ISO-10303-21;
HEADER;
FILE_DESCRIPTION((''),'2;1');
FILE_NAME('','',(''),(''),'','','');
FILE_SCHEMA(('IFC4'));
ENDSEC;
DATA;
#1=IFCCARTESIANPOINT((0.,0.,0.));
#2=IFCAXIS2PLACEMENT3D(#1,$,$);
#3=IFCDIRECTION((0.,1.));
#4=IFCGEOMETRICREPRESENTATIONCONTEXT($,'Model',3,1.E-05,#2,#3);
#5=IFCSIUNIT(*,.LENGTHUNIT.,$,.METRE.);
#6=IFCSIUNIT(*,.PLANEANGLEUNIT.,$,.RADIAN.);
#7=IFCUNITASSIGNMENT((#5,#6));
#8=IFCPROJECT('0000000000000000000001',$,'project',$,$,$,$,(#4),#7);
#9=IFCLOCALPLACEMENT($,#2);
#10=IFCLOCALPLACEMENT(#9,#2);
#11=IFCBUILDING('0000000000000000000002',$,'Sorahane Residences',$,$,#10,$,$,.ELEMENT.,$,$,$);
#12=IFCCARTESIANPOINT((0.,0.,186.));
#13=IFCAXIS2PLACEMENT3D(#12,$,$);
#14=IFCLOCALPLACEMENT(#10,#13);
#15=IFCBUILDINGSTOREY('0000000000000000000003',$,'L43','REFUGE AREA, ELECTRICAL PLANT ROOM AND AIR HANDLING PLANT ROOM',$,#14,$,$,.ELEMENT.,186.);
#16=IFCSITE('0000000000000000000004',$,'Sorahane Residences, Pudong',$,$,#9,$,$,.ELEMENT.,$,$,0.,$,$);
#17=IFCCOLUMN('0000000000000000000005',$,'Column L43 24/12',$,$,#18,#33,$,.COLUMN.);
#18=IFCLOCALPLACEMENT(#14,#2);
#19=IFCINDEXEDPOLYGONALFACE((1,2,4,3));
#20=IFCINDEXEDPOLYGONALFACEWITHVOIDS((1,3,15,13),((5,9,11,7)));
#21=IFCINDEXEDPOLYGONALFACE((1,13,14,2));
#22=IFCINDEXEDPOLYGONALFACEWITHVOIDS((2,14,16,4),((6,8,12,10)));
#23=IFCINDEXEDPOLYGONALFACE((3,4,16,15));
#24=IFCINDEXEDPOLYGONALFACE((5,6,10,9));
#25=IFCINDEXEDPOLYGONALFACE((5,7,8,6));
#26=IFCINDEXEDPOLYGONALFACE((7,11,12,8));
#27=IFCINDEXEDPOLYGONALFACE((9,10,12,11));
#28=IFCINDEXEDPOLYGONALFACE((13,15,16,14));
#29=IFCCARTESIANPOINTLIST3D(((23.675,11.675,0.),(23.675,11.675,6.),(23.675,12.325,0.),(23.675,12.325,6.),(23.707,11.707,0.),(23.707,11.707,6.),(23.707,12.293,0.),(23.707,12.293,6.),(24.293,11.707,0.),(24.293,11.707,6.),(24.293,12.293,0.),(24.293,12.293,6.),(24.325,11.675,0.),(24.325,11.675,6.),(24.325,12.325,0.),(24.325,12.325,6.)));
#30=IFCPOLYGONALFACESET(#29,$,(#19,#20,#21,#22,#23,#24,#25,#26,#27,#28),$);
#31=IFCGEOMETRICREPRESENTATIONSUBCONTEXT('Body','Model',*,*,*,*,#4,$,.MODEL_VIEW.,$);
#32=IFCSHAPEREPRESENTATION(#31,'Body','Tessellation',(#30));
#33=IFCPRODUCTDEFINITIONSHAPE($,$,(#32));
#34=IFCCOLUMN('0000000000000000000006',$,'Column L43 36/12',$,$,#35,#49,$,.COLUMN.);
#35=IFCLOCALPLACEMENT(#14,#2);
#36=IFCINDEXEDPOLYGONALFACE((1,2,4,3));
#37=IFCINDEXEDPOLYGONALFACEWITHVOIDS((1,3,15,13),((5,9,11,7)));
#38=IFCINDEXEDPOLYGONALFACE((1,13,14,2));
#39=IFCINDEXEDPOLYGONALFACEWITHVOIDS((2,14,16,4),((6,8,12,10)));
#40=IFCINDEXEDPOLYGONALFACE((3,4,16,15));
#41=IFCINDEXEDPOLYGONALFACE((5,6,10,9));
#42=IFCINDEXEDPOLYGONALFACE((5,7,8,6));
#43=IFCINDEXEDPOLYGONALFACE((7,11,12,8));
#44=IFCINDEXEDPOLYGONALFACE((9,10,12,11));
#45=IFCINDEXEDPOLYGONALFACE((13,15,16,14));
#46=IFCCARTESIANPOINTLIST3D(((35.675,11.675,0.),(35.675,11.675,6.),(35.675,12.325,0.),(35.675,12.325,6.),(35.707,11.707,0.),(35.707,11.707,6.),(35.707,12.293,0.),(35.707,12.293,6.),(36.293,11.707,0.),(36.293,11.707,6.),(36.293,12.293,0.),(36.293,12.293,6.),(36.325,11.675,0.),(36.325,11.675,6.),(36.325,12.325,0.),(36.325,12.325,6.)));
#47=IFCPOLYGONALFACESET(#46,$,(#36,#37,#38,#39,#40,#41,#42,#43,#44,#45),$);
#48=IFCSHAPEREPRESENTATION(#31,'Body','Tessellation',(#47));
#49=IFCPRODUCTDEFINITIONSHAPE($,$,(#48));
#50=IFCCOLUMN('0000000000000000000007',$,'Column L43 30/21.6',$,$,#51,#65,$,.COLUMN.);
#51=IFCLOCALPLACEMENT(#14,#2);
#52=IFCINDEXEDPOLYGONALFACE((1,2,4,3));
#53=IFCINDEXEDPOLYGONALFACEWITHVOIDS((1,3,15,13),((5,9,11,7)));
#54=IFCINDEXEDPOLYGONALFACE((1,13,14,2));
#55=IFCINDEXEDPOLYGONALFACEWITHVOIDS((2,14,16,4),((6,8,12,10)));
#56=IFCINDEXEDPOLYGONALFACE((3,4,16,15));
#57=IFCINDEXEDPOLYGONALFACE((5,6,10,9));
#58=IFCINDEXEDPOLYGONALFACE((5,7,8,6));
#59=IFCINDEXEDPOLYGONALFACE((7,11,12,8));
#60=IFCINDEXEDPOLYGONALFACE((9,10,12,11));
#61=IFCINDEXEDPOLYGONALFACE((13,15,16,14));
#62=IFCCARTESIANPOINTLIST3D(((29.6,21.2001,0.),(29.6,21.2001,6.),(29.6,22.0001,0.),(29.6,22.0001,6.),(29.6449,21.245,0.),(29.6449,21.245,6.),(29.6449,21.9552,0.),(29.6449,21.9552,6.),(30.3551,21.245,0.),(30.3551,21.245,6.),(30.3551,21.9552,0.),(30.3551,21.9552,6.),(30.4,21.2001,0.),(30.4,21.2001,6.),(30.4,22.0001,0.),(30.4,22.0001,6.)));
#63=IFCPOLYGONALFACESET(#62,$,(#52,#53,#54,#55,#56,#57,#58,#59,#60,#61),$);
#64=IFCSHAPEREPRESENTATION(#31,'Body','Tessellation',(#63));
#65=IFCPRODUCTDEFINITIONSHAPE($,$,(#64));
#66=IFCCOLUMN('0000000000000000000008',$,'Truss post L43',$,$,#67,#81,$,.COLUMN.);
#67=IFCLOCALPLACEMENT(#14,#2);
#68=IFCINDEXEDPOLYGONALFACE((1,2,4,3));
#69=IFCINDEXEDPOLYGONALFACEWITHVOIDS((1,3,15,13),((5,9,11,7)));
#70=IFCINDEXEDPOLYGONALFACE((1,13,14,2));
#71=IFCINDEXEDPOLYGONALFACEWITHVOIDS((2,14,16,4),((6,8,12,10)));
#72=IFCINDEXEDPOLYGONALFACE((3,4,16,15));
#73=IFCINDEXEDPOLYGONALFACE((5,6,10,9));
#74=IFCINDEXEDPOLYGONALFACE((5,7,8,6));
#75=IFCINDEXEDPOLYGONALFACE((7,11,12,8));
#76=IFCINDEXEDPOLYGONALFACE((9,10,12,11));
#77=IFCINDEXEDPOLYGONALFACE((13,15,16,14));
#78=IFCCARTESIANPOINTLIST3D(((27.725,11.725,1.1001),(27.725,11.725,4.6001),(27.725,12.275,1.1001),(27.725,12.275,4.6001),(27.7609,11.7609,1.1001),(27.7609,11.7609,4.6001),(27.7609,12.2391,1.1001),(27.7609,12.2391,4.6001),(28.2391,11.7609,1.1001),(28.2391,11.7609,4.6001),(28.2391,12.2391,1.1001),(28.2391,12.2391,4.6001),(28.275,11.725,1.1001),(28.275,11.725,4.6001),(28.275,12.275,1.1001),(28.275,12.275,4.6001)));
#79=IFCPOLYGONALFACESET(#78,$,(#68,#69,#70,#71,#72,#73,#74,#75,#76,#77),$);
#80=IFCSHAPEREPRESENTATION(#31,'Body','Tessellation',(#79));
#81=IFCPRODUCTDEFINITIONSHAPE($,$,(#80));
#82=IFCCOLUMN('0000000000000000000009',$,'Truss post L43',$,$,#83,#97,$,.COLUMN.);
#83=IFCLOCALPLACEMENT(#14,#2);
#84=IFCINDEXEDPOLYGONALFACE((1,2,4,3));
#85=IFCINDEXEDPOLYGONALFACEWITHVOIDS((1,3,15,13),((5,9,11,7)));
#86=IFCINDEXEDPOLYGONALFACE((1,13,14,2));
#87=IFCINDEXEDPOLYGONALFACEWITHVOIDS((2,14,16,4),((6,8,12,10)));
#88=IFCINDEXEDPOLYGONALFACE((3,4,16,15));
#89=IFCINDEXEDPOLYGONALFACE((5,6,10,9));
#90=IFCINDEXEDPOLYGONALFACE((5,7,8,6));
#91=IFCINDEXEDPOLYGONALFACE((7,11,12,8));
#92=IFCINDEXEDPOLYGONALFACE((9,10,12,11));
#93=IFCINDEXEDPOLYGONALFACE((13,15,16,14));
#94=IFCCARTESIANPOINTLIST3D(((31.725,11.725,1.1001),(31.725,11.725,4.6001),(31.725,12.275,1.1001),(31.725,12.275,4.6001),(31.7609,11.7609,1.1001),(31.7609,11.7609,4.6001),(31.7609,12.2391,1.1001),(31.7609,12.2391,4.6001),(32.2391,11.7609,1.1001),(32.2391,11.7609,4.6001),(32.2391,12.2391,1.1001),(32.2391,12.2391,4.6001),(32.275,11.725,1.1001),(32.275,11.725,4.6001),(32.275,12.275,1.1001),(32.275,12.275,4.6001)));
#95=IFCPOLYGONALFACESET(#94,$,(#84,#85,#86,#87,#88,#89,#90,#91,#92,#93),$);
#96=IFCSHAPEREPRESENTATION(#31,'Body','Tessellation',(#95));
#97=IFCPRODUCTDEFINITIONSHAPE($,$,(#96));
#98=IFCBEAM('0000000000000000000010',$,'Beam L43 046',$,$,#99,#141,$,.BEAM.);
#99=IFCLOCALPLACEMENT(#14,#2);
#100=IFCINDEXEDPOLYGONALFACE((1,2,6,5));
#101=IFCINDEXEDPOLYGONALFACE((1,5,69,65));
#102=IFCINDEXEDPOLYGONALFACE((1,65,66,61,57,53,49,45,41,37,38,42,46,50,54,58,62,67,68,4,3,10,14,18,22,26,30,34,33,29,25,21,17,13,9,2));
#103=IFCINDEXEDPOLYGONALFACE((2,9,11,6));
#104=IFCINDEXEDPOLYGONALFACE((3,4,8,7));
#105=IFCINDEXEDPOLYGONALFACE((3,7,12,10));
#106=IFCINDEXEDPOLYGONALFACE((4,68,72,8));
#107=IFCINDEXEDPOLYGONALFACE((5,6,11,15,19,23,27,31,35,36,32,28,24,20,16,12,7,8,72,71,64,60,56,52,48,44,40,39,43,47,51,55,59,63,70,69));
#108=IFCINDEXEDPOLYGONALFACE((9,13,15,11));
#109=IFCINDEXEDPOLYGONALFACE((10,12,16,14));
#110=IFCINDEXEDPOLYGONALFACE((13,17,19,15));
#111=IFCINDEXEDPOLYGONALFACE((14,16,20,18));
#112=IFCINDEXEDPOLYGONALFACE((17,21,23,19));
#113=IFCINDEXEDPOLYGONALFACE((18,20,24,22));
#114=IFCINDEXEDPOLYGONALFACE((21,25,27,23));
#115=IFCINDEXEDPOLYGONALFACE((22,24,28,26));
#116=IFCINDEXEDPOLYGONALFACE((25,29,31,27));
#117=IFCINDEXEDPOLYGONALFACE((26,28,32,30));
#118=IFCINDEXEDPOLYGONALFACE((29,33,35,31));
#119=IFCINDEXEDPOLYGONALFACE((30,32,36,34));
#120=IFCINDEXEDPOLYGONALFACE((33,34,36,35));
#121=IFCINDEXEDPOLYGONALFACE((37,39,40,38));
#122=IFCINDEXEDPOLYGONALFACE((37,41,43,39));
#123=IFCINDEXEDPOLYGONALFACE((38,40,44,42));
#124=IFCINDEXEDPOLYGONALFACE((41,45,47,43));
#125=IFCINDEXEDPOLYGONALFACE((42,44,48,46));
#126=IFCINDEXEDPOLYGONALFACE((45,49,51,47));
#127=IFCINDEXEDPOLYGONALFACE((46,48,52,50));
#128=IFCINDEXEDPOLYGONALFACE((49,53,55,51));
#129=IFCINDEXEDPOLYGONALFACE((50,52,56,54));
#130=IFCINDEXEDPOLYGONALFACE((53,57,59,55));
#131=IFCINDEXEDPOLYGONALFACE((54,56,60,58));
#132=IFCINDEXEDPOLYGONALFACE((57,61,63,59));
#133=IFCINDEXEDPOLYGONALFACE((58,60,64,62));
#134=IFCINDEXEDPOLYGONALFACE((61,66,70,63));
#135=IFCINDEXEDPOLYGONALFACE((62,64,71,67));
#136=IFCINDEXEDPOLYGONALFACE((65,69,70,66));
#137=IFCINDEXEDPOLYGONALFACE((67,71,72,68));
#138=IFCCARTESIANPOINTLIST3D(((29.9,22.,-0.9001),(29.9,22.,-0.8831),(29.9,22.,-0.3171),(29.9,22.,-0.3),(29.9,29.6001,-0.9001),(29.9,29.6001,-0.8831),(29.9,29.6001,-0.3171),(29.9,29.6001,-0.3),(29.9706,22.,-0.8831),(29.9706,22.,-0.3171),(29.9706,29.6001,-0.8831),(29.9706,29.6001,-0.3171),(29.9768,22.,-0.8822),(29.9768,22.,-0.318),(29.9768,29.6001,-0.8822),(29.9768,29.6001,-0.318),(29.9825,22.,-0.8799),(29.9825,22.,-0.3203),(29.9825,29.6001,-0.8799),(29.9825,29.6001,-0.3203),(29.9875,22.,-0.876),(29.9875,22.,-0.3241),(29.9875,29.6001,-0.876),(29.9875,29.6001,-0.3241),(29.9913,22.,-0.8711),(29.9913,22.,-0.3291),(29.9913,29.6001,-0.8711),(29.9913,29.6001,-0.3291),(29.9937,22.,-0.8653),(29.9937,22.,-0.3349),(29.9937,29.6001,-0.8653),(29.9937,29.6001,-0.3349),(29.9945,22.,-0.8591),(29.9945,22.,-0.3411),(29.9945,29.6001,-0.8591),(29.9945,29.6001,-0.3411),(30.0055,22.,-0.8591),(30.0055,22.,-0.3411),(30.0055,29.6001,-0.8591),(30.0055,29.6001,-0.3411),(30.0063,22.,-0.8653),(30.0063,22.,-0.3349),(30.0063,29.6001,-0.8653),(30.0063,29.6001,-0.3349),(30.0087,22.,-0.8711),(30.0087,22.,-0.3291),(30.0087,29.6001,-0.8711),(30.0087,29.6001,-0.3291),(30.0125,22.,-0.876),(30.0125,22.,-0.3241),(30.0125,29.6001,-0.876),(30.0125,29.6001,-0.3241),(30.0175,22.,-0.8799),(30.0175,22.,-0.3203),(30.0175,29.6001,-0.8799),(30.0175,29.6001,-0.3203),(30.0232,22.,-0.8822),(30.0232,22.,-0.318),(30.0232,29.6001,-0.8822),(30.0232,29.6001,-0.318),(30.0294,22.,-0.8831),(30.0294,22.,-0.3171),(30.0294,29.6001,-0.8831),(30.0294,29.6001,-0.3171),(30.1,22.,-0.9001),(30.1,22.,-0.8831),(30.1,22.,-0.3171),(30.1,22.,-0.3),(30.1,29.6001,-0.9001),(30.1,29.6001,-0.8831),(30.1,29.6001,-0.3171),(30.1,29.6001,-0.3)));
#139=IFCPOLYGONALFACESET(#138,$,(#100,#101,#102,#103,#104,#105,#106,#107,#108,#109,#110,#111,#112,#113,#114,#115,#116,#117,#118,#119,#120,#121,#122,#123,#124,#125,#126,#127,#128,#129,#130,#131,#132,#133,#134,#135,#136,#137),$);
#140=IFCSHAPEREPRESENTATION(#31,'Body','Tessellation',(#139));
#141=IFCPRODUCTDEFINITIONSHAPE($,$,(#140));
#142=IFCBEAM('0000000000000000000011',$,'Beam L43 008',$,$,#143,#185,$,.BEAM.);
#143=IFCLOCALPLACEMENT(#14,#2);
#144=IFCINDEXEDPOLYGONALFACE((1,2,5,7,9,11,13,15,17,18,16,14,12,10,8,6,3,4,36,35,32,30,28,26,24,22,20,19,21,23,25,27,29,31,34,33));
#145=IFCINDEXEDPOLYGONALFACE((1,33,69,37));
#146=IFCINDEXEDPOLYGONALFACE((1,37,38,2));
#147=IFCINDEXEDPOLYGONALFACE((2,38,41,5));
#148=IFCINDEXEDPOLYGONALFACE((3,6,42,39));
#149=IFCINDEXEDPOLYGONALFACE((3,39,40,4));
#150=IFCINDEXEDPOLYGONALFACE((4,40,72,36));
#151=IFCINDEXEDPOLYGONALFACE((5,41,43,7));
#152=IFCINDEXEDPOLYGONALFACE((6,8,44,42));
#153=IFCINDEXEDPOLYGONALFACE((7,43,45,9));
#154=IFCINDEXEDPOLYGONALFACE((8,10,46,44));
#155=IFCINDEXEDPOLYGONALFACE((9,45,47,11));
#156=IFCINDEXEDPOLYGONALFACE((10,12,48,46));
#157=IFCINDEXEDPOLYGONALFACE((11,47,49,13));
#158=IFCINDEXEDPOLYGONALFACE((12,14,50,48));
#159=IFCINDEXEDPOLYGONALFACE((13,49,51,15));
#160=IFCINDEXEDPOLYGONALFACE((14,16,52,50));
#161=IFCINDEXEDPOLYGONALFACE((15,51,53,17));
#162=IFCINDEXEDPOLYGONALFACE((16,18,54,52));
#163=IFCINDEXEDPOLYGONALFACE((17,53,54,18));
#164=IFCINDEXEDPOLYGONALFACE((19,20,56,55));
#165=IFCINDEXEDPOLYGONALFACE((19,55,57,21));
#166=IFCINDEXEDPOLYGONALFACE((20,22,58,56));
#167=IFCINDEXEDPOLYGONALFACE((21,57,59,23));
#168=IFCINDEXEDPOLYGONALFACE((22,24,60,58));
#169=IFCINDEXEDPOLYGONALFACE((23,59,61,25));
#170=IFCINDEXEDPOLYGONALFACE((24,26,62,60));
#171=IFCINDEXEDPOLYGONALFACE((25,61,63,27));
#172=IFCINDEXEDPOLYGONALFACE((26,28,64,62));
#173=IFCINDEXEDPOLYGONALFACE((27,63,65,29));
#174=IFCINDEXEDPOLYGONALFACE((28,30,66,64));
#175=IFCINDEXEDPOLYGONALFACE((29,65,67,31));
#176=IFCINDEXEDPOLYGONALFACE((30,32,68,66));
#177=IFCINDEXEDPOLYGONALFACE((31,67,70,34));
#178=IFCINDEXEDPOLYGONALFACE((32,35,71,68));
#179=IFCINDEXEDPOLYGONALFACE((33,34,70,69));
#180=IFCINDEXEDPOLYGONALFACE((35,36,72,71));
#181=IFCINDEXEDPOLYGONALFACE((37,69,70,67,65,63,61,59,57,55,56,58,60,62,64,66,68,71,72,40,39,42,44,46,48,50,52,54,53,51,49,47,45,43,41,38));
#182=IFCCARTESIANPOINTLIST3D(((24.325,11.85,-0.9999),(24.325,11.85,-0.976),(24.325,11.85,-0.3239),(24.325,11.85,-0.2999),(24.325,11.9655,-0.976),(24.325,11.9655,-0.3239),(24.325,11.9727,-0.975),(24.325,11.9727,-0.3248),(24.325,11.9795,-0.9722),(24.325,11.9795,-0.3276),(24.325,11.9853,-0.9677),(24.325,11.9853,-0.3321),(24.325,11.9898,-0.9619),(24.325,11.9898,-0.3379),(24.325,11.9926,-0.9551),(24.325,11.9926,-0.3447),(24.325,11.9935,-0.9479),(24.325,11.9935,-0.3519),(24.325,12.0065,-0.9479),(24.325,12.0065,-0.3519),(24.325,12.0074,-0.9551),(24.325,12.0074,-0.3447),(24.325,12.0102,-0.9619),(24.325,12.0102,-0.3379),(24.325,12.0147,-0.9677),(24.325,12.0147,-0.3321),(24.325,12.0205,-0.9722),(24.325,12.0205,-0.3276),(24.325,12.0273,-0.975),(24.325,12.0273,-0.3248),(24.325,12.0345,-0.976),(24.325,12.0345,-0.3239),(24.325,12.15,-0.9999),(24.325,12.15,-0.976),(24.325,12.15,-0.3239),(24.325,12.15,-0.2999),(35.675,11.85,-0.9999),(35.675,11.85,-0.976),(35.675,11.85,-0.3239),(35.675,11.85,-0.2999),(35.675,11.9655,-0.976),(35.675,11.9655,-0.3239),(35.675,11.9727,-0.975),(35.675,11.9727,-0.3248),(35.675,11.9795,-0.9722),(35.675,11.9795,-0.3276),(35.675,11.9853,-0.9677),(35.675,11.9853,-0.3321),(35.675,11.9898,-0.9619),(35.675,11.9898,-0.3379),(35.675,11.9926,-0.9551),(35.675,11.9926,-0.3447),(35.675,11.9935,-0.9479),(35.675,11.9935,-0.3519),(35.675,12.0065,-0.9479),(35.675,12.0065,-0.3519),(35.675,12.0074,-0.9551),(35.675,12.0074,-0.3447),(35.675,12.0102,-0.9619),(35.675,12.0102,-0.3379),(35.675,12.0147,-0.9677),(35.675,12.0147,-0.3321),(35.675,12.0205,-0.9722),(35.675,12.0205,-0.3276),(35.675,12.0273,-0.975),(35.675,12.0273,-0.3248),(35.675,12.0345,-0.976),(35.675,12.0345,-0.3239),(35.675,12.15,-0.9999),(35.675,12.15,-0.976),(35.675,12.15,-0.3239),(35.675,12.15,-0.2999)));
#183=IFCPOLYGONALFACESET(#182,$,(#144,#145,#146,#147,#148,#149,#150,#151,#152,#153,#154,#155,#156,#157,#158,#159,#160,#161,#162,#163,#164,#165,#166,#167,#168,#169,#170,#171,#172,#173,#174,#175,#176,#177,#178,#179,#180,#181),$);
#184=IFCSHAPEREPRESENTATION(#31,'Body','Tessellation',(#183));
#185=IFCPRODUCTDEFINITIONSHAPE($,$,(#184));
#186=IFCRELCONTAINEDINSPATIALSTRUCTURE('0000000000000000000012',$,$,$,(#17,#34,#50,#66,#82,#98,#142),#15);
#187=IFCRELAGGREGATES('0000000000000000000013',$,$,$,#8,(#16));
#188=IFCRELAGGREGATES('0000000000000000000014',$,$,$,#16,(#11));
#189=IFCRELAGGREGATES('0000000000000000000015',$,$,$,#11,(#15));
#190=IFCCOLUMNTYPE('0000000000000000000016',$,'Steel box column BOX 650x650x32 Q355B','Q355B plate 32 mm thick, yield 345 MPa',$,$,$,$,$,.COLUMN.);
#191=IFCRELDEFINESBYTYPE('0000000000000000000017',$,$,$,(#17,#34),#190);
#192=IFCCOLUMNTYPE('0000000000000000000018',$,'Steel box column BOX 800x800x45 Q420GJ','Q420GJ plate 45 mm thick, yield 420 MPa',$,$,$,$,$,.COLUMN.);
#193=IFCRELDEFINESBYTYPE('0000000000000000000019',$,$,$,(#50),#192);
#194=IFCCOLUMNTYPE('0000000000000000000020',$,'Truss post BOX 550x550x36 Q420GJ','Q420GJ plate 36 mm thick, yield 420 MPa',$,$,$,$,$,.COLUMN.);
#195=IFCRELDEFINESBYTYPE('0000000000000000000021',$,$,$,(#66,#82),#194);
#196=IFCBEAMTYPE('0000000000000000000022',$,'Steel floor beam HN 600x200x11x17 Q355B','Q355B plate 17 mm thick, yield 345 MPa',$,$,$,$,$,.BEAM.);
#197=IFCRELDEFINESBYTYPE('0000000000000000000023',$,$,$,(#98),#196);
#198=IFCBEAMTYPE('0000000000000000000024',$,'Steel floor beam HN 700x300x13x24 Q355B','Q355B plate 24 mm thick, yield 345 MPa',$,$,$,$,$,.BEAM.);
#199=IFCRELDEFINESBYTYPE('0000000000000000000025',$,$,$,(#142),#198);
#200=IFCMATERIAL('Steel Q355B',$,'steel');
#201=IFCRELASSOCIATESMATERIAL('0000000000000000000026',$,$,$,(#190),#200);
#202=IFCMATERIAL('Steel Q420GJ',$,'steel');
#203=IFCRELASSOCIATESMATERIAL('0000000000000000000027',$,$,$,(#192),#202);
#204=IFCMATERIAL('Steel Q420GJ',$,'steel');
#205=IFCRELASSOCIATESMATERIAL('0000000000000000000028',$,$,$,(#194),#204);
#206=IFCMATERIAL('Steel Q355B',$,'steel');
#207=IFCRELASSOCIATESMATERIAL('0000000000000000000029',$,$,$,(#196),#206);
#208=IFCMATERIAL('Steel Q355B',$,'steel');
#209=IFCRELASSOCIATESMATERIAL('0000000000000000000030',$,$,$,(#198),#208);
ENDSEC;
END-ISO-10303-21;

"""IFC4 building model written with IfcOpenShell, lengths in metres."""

from ifc_helpers import new_model, si_unit, direction, frame, origin, origin_2d, place, context, subcontext, project, spatial, hollow_rectangle, i_section, extrude, material, material_profile, profile_set, type_object, element, save


model = new_model("IFC4")

# Units and contexts
model_context = context("Model", 3, precision=1e-05, world=origin(), true_north=direction((0.0, 1.0)))
body_context = subcontext(model_context, "Body", "Model", "MODEL_VIEW")
ifc_project = project(units=[si_unit("LENGTHUNIT", "METRE"), si_unit("PLANEANGLEUNIT", "RADIAN")], contexts=[model_context])

# Site, building, storey
site_placement = place(None, origin())
site = spatial("IfcSite", under=ifc_project, at=site_placement, Name="Sorahane Residences, Pudong", CompositionType="ELEMENT", RefElevation=0.0)
building_placement = place(site_placement, origin())
building = spatial("IfcBuilding", under=site, at=building_placement, Name="Sorahane Residences", CompositionType="ELEMENT")
storey_placement = place(building_placement, frame((0.0, 0.0, 186.0)))
storey = spatial("IfcBuildingStorey", under=building, at=storey_placement, Name="L43", Description="REFUGE AREA, ELECTRICAL PLANT ROOM AND AIR HANDLING PLANT ROOM", CompositionType="ELEMENT", Elevation=186.0)

# Columns
ifc_material_1 = material(Name="Steel Q355B", Category="steel")
ifc_material_profile_1 = material_profile(ifc_material_1, hollow_rectangle(XDim=0.6499, YDim=0.6499, WallThickness=0.032, at=origin_2d()), Name="BOX 650x650x32")
ifc_profile_set_1 = profile_set([ifc_material_profile_1], Name="Steel Q355B")
column_type_1 = type_object("IfcColumnType", Name="Steel box column BOX 650x650x32 Q355B", Description="Q355B plate 32 mm thick, yield 345 MPa", PredefinedType="COLUMN", material=ifc_profile_set_1)
for number, where, z_axis, x_axis, name in (
    (1, (24.0, 12.0, 0.0), (0.0, 0.0, 1.0), (1.0, 0.0, 0.0), "Column L43 24/12"),
    (2, (36.0, 12.0, 0.0), (0.0, 0.0, 1.0), (1.0, 0.0, 0.0), "Column L43 36/12"),
):
    element("IfcColumn", number, at=place(storey_placement, frame(where, z_axis=z_axis, x_axis=x_axis)), inside=storey, type_object=column_type_1, Name=name, PredefinedType="COLUMN", context=body_context, shape_type="SweptSolid", body=[
        extrude(hollow_rectangle(XDim=0.6499, YDim=0.6499, WallThickness=0.032, at=origin_2d()), origin(), (0.0, 0.0, 1.0), 6.0),
    ])
ifc_material_2 = material(Name="Steel Q420GJ", Category="steel")
ifc_material_profile_2 = material_profile(ifc_material_2, hollow_rectangle(XDim=0.8, YDim=0.8, WallThickness=0.0449, at=origin_2d()), Name="BOX 800x800x45")
ifc_profile_set_2 = profile_set([ifc_material_profile_2], Name="Steel Q420GJ")
column_type_2 = type_object("IfcColumnType", Name="Steel box column BOX 800x800x45 Q420GJ", Description="Q420GJ plate 45 mm thick, yield 420 MPa", PredefinedType="COLUMN", material=ifc_profile_set_2)
column_placement = place(storey_placement, frame((30.0, 21.6001, 0.0), z_axis=(0.0, 0.0, 1.0), x_axis=(1.0, 0.0, 0.0)))
element("IfcColumn", 3, at=column_placement, inside=storey, type_object=column_type_2, Name="Column L43 30/21.6", PredefinedType="COLUMN", context=body_context, shape_type="SweptSolid", body=[
    extrude(hollow_rectangle(XDim=0.8, YDim=0.8, WallThickness=0.0449, at=origin_2d()), origin(), (0.0, 0.0, 1.0), 6.0),
])
ifc_material_3 = material(Name="Steel Q420GJ", Category="steel")
ifc_material_profile_3 = material_profile(ifc_material_3, hollow_rectangle(XDim=0.55, YDim=0.55, WallThickness=0.0359, at=origin_2d()), Name="BOX 550x550x36")
ifc_profile_set_3 = profile_set([ifc_material_profile_3], Name="Steel Q420GJ")
column_type_3 = type_object("IfcColumnType", Name="Truss post BOX 550x550x36 Q420GJ", Description="Q420GJ plate 36 mm thick, yield 420 MPa", PredefinedType="COLUMN", material=ifc_profile_set_3)
for number, where, z_axis, x_axis, name in (
    (4, (28.0, 12.0, 1.1001), (0.0, 0.0, 1.0), (1.0, 0.0, 0.0), "Truss post L43"),
    (5, (32.0, 12.0, 1.1001), (0.0, 0.0, 1.0), (1.0, 0.0, 0.0), "Truss post L43"),
):
    element("IfcColumn", number, at=place(storey_placement, frame(where, z_axis=z_axis, x_axis=x_axis)), inside=storey, type_object=column_type_3, Name=name, PredefinedType="COLUMN", context=body_context, shape_type="SweptSolid", body=[
        extrude(hollow_rectangle(XDim=0.55, YDim=0.55, WallThickness=0.0359, at=origin_2d()), origin(), (0.0, 0.0, 1.0), 3.5),
    ])

# Beams
ifc_material_4 = material(Name="Steel Q355B", Category="steel")
ifc_material_profile_4 = material_profile(ifc_material_4, i_section(OverallWidth=0.2, OverallDepth=0.6001, WebThickness=0.011, FlangeThickness=0.0171, FilletRadius=0.0239, at=origin_2d()), Name="HN 600x200x11x17")
ifc_profile_set_4 = profile_set([ifc_material_profile_4], Name="Steel Q355B")
beam_type_1 = type_object("IfcBeamType", Name="Steel floor beam HN 600x200x11x17 Q355B", Description="Q355B plate 17 mm thick, yield 345 MPa", PredefinedType="BEAM", material=ifc_profile_set_4)
beam_1_placement = place(storey_placement, frame((30.0, 22.0, -0.6001), z_axis=(0.0, 1.0, 0.0), x_axis=(-1.0, 0.0, 0.0)))
element("IfcBeam", 6, at=beam_1_placement, inside=storey, type_object=beam_type_1, Name="Beam L43 046", PredefinedType="BEAM", context=body_context, shape_type="SweptSolid", body=[
    extrude(i_section(OverallWidth=0.2, OverallDepth=0.6001, WebThickness=0.011, FlangeThickness=0.0171, FilletRadius=0.0239, at=origin_2d()), origin(), (0.0, 0.0, 1.0), 7.6001),
])
ifc_material_5 = material(Name="Steel Q355B", Category="steel")
ifc_material_profile_5 = material_profile(ifc_material_5, i_section(OverallWidth=0.3, OverallDepth=0.7, WebThickness=0.0129, FlangeThickness=0.0239, FilletRadius=0.0281, at=origin_2d()), Name="HN 700x300x13x24")
ifc_profile_set_5 = profile_set([ifc_material_profile_5], Name="Steel Q355B")
beam_type_2 = type_object("IfcBeamType", Name="Steel floor beam HN 700x300x13x24 Q355B", Description="Q355B plate 24 mm thick, yield 345 MPa", PredefinedType="BEAM", material=ifc_profile_set_5)
beam_2_placement = place(storey_placement, frame((24.325, 12.0, -0.6499), z_axis=(1.0, 0.0, 0.0), x_axis=(0.0, 1.0, 0.0)))
element("IfcBeam", 7, at=beam_2_placement, inside=storey, type_object=beam_type_2, Name="Beam L43 008", PredefinedType="BEAM", context=body_context, shape_type="SweptSolid", body=[
    extrude(i_section(OverallWidth=0.3, OverallDepth=0.7, WebThickness=0.0129, FlangeThickness=0.0239, FilletRadius=0.0281, at=origin_2d()), origin(), (0.0, 0.0, 1.0), 11.3501),
])

save(model, "model.ifc")
